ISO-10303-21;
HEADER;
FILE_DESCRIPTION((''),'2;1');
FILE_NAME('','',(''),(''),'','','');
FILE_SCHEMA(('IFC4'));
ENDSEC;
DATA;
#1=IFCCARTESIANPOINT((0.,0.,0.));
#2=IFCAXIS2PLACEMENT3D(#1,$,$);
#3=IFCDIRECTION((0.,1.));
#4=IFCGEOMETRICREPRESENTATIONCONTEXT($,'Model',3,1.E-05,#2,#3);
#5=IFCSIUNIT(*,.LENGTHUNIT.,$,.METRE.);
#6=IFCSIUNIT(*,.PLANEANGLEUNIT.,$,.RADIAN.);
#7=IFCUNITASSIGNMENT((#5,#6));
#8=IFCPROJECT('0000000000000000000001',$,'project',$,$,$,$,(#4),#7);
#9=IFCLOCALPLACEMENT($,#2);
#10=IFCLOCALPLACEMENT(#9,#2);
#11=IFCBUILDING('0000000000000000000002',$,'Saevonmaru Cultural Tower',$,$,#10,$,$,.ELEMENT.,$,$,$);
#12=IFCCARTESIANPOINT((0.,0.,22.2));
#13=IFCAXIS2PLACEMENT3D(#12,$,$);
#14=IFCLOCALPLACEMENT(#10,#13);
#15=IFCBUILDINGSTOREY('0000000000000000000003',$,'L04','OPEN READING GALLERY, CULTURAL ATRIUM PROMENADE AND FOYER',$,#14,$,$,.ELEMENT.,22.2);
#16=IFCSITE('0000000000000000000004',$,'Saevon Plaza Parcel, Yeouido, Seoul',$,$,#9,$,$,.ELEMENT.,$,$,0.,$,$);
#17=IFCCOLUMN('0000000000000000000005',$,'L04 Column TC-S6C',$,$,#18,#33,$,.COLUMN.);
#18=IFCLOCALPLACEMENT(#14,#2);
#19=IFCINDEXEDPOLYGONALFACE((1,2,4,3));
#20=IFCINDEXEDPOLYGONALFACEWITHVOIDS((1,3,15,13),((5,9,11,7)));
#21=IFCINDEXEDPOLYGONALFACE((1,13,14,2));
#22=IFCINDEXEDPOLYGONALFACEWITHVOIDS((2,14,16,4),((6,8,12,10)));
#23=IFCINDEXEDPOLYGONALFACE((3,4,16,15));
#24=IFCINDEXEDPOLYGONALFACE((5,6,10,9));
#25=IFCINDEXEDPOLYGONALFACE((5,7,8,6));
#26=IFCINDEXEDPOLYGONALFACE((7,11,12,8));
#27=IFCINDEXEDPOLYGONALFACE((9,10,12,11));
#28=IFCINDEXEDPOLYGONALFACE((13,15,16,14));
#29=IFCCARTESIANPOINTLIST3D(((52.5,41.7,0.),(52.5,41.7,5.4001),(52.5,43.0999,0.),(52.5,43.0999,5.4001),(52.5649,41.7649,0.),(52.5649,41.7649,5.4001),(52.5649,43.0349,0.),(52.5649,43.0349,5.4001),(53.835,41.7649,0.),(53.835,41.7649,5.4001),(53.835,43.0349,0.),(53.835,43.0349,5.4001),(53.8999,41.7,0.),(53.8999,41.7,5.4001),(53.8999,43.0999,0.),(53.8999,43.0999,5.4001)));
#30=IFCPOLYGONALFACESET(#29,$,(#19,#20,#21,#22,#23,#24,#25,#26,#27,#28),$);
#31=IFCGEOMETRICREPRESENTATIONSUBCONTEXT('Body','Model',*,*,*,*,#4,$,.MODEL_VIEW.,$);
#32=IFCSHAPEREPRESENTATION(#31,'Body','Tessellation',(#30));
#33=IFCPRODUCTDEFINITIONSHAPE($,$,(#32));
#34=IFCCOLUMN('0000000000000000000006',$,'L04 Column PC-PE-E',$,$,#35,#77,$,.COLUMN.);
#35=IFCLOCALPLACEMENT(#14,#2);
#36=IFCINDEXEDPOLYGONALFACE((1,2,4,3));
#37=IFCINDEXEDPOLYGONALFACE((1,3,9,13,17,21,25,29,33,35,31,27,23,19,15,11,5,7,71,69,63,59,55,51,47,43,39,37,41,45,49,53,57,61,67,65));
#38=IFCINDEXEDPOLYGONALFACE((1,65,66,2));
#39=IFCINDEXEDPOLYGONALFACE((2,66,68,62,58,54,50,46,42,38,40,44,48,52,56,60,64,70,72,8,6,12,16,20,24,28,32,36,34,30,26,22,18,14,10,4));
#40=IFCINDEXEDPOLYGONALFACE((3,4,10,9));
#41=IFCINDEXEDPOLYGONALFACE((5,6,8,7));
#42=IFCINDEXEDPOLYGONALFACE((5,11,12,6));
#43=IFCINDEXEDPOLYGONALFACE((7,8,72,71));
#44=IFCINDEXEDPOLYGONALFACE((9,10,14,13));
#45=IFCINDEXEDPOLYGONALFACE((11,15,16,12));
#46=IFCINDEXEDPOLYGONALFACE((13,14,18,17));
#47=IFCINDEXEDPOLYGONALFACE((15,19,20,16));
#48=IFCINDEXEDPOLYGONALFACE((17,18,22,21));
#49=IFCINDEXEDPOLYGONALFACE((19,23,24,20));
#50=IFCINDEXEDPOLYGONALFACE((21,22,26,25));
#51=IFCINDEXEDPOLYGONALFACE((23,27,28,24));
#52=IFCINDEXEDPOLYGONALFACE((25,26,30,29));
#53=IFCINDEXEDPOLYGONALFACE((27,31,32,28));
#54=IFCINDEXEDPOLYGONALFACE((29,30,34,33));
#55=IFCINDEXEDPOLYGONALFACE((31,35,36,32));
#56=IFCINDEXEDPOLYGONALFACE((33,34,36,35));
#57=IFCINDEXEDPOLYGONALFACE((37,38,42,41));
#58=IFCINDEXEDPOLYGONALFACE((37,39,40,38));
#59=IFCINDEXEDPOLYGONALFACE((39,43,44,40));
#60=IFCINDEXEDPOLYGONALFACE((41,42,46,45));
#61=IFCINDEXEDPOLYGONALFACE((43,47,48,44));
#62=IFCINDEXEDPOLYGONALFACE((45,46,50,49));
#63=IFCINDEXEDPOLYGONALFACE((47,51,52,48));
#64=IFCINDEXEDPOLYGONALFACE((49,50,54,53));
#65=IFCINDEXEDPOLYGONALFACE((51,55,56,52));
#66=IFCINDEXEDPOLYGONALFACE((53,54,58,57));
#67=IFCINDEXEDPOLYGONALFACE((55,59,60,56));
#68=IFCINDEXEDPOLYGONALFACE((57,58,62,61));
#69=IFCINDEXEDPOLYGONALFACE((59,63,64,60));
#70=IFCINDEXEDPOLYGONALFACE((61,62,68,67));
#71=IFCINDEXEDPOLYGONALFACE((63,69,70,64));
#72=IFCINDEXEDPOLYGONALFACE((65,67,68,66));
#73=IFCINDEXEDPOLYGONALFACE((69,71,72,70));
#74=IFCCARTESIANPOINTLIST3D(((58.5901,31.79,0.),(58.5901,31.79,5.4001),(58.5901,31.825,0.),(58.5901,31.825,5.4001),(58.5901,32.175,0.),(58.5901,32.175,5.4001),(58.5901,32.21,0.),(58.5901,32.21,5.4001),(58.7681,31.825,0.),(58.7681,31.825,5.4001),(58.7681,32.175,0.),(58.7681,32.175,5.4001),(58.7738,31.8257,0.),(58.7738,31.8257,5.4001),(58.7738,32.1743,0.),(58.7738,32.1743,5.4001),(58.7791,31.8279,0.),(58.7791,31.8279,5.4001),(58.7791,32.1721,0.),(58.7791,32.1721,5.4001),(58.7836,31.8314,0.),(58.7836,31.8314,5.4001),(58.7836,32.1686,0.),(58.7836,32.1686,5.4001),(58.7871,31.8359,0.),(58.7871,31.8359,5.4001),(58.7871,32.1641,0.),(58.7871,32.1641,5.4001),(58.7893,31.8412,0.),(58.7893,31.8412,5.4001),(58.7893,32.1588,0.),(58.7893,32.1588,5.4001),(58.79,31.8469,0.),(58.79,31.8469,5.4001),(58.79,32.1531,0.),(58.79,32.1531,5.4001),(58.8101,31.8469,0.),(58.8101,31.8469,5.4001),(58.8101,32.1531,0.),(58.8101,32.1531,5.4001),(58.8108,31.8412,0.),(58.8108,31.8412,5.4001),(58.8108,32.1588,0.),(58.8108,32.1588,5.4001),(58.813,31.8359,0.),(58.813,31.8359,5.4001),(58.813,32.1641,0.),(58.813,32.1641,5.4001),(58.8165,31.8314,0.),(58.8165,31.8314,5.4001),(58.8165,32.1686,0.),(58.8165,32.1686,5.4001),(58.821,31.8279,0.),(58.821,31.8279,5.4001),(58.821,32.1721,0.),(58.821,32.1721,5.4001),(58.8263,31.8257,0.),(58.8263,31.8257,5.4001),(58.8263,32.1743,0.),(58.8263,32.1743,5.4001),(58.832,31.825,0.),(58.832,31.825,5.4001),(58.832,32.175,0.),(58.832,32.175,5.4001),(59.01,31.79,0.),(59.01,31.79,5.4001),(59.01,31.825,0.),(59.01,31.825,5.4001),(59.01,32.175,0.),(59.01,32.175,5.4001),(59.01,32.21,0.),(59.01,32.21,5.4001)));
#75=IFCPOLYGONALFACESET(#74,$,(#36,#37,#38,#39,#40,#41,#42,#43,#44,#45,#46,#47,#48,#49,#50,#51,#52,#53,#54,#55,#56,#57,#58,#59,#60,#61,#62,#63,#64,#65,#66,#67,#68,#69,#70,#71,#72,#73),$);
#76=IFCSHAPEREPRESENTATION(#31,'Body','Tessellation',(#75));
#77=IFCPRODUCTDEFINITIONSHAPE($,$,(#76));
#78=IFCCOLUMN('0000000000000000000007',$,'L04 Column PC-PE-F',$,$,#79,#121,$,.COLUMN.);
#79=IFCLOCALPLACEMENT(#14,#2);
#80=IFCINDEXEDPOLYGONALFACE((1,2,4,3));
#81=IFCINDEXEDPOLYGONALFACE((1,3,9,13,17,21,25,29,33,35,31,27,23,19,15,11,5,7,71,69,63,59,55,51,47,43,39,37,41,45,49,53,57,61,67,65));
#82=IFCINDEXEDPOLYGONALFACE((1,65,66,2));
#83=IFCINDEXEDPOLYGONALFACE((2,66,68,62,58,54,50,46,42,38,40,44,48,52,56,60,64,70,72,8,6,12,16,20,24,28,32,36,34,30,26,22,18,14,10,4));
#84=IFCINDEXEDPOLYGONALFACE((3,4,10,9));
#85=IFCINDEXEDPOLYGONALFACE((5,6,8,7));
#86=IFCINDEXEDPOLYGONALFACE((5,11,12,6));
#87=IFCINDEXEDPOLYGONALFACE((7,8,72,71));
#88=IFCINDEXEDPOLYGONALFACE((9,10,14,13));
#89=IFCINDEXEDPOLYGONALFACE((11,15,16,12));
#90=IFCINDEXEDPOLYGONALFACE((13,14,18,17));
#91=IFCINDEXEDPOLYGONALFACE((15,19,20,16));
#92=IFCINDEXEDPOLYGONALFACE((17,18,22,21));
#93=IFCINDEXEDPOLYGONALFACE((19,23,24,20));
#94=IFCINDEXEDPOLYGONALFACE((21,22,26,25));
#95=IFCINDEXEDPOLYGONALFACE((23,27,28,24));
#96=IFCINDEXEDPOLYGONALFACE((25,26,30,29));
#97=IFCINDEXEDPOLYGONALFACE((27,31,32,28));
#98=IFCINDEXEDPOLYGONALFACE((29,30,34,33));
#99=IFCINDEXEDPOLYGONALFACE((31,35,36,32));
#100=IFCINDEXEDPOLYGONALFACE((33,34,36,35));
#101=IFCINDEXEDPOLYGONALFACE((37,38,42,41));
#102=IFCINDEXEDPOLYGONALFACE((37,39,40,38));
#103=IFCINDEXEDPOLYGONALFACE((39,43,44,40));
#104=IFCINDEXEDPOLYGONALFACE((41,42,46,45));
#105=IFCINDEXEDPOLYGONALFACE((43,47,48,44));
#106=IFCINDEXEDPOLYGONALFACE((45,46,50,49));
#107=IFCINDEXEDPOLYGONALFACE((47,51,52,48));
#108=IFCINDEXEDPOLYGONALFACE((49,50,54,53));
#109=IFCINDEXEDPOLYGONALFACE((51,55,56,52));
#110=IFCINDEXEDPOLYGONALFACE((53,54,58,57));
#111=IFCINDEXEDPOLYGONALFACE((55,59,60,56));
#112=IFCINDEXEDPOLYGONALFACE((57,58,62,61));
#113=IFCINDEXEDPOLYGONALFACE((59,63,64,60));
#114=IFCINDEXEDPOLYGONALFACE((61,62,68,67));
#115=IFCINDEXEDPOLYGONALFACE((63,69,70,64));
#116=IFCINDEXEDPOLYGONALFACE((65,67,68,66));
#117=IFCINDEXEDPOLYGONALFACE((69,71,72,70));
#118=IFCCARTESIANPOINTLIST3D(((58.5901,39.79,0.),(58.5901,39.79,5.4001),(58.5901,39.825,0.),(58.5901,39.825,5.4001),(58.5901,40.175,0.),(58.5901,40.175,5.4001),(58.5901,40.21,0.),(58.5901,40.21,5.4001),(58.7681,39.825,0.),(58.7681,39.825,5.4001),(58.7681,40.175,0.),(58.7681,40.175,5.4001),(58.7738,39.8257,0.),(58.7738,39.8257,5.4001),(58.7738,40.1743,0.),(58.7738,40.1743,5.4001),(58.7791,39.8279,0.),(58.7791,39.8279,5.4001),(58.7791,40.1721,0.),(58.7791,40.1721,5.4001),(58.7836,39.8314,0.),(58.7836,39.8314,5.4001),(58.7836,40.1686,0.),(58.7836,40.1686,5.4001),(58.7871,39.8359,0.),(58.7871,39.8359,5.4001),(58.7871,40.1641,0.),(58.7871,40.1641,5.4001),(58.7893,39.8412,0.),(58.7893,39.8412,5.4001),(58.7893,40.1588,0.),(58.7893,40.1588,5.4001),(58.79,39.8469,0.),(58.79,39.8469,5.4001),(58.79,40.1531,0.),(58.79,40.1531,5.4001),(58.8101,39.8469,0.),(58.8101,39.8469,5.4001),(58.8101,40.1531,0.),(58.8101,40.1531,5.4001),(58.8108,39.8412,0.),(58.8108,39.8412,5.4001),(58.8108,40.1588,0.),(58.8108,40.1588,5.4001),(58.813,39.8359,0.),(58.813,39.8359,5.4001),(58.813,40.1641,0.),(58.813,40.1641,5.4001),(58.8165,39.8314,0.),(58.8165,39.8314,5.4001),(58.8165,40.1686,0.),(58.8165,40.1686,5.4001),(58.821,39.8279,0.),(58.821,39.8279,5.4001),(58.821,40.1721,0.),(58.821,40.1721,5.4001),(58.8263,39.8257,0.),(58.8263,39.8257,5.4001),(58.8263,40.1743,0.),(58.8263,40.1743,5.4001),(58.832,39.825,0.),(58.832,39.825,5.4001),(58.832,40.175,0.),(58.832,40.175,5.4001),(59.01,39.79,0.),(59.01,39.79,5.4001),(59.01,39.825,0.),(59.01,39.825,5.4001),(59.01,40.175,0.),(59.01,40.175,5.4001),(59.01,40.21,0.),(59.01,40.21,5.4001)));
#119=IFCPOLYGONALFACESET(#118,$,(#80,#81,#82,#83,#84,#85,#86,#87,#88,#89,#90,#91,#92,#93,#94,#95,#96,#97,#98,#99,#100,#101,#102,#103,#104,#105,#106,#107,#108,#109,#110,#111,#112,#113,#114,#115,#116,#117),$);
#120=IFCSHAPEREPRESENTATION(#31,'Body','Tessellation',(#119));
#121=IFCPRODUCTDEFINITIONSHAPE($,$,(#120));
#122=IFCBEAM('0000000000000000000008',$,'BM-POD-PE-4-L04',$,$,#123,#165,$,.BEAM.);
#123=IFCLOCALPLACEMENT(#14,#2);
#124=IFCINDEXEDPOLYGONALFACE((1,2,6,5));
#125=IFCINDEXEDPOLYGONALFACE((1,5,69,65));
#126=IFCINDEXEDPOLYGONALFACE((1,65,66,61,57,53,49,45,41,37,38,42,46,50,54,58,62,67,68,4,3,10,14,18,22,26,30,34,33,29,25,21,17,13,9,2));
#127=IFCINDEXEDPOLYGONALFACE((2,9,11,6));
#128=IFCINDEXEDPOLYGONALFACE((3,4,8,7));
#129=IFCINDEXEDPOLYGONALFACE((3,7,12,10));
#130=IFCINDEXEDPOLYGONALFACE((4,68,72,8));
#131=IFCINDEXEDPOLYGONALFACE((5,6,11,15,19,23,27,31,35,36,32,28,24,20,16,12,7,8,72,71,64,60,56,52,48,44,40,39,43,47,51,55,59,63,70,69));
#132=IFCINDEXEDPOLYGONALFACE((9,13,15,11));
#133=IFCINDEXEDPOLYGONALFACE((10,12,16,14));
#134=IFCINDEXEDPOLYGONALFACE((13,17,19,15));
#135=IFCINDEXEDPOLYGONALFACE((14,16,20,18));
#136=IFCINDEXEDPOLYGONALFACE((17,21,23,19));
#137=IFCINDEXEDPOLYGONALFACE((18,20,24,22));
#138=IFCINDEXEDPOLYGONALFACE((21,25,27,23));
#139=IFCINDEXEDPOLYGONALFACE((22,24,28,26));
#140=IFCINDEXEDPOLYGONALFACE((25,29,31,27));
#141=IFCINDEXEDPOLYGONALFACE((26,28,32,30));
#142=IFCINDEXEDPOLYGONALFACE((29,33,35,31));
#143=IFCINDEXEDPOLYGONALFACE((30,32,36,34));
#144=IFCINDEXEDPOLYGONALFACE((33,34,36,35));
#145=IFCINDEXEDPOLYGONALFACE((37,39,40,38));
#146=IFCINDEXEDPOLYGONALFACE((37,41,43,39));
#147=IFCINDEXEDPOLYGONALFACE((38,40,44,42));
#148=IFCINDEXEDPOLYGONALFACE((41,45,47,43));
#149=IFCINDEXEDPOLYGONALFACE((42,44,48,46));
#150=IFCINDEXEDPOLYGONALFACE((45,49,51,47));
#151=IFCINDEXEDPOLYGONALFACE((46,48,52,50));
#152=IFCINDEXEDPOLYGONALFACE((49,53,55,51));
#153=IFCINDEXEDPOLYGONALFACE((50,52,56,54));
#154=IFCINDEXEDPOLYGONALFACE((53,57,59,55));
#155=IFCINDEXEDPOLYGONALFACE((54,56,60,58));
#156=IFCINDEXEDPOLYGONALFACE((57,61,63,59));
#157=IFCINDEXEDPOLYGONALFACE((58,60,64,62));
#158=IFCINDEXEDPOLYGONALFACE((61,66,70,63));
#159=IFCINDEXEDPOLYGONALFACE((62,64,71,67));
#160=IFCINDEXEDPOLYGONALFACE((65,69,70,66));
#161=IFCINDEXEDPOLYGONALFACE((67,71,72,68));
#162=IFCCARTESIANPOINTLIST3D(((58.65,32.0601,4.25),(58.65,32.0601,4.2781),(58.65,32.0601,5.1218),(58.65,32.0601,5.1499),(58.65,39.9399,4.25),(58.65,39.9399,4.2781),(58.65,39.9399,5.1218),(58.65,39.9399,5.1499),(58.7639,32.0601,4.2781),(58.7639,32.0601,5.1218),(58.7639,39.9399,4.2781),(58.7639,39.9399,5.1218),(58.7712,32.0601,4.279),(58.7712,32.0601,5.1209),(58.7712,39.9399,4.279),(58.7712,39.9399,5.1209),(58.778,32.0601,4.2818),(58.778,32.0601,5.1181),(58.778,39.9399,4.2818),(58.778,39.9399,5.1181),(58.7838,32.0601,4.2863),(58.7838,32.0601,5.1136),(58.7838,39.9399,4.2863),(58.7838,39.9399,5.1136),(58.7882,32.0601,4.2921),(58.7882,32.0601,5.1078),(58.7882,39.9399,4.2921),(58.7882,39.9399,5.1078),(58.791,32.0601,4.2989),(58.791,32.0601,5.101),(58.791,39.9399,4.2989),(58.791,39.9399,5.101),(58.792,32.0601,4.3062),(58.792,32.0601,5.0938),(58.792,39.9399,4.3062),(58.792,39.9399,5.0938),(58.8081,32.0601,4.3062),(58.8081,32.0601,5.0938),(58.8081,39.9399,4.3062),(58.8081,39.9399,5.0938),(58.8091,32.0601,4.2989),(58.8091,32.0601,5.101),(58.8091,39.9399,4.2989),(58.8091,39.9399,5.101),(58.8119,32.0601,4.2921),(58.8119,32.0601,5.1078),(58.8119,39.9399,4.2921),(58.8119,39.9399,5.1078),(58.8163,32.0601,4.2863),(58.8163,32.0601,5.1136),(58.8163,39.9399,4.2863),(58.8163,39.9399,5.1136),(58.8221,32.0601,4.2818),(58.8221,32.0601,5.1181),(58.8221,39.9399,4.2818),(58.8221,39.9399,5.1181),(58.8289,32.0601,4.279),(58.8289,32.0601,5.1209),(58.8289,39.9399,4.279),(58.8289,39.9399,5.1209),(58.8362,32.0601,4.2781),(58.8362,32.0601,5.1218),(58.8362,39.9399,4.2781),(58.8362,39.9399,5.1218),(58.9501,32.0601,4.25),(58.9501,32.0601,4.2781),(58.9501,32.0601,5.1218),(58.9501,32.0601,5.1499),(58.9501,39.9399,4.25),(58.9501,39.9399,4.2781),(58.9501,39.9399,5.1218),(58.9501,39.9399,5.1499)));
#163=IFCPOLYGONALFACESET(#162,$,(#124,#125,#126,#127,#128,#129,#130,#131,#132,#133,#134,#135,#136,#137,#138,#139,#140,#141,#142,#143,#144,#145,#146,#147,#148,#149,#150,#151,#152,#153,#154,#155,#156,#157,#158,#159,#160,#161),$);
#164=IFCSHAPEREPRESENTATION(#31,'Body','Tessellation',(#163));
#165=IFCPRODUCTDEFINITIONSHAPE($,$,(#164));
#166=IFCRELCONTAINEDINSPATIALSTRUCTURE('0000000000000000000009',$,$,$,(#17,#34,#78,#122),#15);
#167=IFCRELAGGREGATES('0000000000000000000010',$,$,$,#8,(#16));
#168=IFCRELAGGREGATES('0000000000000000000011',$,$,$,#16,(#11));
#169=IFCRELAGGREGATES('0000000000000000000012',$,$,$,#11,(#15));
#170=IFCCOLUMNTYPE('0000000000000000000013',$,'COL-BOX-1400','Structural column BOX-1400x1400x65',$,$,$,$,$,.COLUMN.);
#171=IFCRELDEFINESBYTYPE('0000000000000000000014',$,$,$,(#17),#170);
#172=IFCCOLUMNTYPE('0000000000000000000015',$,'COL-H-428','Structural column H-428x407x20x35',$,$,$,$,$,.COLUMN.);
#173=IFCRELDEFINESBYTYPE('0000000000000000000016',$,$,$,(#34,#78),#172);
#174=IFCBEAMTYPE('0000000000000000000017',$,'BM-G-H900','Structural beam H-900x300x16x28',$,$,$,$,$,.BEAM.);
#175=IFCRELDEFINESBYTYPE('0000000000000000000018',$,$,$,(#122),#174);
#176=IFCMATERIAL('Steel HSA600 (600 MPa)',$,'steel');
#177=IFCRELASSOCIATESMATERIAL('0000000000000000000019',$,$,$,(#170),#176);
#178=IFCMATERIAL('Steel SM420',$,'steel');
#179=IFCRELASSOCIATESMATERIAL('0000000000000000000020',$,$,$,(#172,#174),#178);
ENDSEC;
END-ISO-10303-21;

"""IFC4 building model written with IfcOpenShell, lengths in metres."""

from ifc_helpers import new_model, si_unit, direction, frame, origin, origin_2d, place, context, subcontext, project, spatial, hollow_rectangle, i_section, extrude, material, material_profile, profile_set, type_object, element, save


model = new_model("IFC4")

# Units and contexts
model_context = context("Model", 3, precision=1e-05, world=origin(), true_north=direction((0.0, 1.0)))
body_context = subcontext(model_context, "Body", "Model", "MODEL_VIEW")
ifc_project = project(units=[si_unit("LENGTHUNIT", "METRE"), si_unit("PLANEANGLEUNIT", "RADIAN")], contexts=[model_context])

# Site, building, storey
site_placement = place(None, origin())
site = spatial("IfcSite", under=ifc_project, at=site_placement, Name="Saevon Plaza Parcel, Yeouido, Seoul", CompositionType="ELEMENT", RefElevation=0.0)
building_placement = place(site_placement, origin())
building = spatial("IfcBuilding", under=site, at=building_placement, Name="Saevonmaru Cultural Tower", CompositionType="ELEMENT")
storey_placement = place(building_placement, frame((0.0, 0.0, 22.2)))
storey = spatial("IfcBuildingStorey", under=building, at=storey_placement, Name="L04", Description="OPEN READING GALLERY, CULTURAL ATRIUM PROMENADE AND FOYER", CompositionType="ELEMENT", Elevation=22.2)

# Columns
ifc_material_1 = material(Name="Steel HSA600 (600 MPa)", Category="steel")
ifc_material_profile_1 = material_profile(ifc_material_1, hollow_rectangle(XDim=1.3999, YDim=1.3999, WallThickness=0.0649, at=origin_2d()), Name="BOX-1400x1400x65")
ifc_profile_set_1 = profile_set([ifc_material_profile_1], Name="Steel HSA600 (600 MPa)")
column_type_1 = type_object("IfcColumnType", Name="COL-BOX-1400", Description="Structural column BOX-1400x1400x65", PredefinedType="COLUMN", material=ifc_profile_set_1)
column_placement = place(storey_placement, frame((53.2, 42.3999, 0.0), z_axis=(0.0, 0.0, 1.0), x_axis=(1.0, 0.0, 0.0)))
element("IfcColumn", 1, at=column_placement, inside=storey, type_object=column_type_1, Name="L04 Column TC-S6C", PredefinedType="COLUMN", context=body_context, shape_type="SweptSolid", body=[
    extrude(hollow_rectangle(XDim=1.3999, YDim=1.3999, WallThickness=0.0649, at=origin_2d()), origin(), (0.0, 0.0, 1.0), 5.4001),
])
ifc_material_2 = material(Name="Steel SM420", Category="steel")
ifc_material_profile_2 = material_profile(ifc_material_2, i_section(OverallWidth=0.4199, OverallDepth=0.4199, WebThickness=0.02, FlangeThickness=0.0349, FilletRadius=0.022, at=origin_2d()), Name="H-428x407x20x35")
ifc_profile_set_2 = profile_set([ifc_material_profile_2], Name="Steel SM420")
column_type_2 = type_object("IfcColumnType", Name="COL-H-428", Description="Structural column H-428x407x20x35", PredefinedType="COLUMN", material=ifc_profile_set_2)
for number, where, z_axis, x_axis, name in (
    (2, (58.8, 32.0, 0.0), (0.0, 0.0, 1.0), (1.0, 0.0, 0.0), "L04 Column PC-PE-E"),
    (3, (58.8, 40.0, 0.0), (0.0, 0.0, 1.0), (1.0, 0.0, 0.0), "L04 Column PC-PE-F"),
):
    element("IfcColumn", number, at=place(storey_placement, frame(where, z_axis=z_axis, x_axis=x_axis)), inside=storey, type_object=column_type_2, Name=name, PredefinedType="COLUMN", context=body_context, shape_type="SweptSolid", body=[
        extrude(i_section(OverallWidth=0.4199, OverallDepth=0.4199, WebThickness=0.02, FlangeThickness=0.0349, FilletRadius=0.022, at=origin_2d()), origin(), (0.0, 0.0, 1.0), 5.4001),
    ])

# Beam
ifc_material_profile_3 = material_profile(ifc_material_2, i_section(OverallWidth=0.3, OverallDepth=0.8999, WebThickness=0.0161, FlangeThickness=0.0281, FilletRadius=0.0281, at=origin_2d()), Name="H-900x300x16x28")
ifc_profile_set_3 = profile_set([ifc_material_profile_3], Name="Steel SM420")
beam_type = type_object("IfcBeamType", Name="BM-G-H900", Description="Structural beam H-900x300x16x28", PredefinedType="BEAM", material=ifc_profile_set_3)
for number, where, z_axis, x_axis, name in (
    (4, (58.8, 32.0601, 4.7), (0.0, 1.0, 0.0), (-1.0, 0.0, 0.0), "BM-POD-PE-4-L04"),
):
    element("IfcBeam", number, at=place(storey_placement, frame(where, z_axis=z_axis, x_axis=x_axis)), inside=storey, type_object=beam_type, Name=name, PredefinedType="BEAM", context=body_context, shape_type="SweptSolid", body=[
        extrude(i_section(OverallWidth=0.3, OverallDepth=0.8999, WebThickness=0.0161, FlangeThickness=0.0281, FilletRadius=0.0281, at=origin_2d()), origin(), (0.0, 0.0, 1.0), 7.8799),
    ])

save(model, "model.ifc")
